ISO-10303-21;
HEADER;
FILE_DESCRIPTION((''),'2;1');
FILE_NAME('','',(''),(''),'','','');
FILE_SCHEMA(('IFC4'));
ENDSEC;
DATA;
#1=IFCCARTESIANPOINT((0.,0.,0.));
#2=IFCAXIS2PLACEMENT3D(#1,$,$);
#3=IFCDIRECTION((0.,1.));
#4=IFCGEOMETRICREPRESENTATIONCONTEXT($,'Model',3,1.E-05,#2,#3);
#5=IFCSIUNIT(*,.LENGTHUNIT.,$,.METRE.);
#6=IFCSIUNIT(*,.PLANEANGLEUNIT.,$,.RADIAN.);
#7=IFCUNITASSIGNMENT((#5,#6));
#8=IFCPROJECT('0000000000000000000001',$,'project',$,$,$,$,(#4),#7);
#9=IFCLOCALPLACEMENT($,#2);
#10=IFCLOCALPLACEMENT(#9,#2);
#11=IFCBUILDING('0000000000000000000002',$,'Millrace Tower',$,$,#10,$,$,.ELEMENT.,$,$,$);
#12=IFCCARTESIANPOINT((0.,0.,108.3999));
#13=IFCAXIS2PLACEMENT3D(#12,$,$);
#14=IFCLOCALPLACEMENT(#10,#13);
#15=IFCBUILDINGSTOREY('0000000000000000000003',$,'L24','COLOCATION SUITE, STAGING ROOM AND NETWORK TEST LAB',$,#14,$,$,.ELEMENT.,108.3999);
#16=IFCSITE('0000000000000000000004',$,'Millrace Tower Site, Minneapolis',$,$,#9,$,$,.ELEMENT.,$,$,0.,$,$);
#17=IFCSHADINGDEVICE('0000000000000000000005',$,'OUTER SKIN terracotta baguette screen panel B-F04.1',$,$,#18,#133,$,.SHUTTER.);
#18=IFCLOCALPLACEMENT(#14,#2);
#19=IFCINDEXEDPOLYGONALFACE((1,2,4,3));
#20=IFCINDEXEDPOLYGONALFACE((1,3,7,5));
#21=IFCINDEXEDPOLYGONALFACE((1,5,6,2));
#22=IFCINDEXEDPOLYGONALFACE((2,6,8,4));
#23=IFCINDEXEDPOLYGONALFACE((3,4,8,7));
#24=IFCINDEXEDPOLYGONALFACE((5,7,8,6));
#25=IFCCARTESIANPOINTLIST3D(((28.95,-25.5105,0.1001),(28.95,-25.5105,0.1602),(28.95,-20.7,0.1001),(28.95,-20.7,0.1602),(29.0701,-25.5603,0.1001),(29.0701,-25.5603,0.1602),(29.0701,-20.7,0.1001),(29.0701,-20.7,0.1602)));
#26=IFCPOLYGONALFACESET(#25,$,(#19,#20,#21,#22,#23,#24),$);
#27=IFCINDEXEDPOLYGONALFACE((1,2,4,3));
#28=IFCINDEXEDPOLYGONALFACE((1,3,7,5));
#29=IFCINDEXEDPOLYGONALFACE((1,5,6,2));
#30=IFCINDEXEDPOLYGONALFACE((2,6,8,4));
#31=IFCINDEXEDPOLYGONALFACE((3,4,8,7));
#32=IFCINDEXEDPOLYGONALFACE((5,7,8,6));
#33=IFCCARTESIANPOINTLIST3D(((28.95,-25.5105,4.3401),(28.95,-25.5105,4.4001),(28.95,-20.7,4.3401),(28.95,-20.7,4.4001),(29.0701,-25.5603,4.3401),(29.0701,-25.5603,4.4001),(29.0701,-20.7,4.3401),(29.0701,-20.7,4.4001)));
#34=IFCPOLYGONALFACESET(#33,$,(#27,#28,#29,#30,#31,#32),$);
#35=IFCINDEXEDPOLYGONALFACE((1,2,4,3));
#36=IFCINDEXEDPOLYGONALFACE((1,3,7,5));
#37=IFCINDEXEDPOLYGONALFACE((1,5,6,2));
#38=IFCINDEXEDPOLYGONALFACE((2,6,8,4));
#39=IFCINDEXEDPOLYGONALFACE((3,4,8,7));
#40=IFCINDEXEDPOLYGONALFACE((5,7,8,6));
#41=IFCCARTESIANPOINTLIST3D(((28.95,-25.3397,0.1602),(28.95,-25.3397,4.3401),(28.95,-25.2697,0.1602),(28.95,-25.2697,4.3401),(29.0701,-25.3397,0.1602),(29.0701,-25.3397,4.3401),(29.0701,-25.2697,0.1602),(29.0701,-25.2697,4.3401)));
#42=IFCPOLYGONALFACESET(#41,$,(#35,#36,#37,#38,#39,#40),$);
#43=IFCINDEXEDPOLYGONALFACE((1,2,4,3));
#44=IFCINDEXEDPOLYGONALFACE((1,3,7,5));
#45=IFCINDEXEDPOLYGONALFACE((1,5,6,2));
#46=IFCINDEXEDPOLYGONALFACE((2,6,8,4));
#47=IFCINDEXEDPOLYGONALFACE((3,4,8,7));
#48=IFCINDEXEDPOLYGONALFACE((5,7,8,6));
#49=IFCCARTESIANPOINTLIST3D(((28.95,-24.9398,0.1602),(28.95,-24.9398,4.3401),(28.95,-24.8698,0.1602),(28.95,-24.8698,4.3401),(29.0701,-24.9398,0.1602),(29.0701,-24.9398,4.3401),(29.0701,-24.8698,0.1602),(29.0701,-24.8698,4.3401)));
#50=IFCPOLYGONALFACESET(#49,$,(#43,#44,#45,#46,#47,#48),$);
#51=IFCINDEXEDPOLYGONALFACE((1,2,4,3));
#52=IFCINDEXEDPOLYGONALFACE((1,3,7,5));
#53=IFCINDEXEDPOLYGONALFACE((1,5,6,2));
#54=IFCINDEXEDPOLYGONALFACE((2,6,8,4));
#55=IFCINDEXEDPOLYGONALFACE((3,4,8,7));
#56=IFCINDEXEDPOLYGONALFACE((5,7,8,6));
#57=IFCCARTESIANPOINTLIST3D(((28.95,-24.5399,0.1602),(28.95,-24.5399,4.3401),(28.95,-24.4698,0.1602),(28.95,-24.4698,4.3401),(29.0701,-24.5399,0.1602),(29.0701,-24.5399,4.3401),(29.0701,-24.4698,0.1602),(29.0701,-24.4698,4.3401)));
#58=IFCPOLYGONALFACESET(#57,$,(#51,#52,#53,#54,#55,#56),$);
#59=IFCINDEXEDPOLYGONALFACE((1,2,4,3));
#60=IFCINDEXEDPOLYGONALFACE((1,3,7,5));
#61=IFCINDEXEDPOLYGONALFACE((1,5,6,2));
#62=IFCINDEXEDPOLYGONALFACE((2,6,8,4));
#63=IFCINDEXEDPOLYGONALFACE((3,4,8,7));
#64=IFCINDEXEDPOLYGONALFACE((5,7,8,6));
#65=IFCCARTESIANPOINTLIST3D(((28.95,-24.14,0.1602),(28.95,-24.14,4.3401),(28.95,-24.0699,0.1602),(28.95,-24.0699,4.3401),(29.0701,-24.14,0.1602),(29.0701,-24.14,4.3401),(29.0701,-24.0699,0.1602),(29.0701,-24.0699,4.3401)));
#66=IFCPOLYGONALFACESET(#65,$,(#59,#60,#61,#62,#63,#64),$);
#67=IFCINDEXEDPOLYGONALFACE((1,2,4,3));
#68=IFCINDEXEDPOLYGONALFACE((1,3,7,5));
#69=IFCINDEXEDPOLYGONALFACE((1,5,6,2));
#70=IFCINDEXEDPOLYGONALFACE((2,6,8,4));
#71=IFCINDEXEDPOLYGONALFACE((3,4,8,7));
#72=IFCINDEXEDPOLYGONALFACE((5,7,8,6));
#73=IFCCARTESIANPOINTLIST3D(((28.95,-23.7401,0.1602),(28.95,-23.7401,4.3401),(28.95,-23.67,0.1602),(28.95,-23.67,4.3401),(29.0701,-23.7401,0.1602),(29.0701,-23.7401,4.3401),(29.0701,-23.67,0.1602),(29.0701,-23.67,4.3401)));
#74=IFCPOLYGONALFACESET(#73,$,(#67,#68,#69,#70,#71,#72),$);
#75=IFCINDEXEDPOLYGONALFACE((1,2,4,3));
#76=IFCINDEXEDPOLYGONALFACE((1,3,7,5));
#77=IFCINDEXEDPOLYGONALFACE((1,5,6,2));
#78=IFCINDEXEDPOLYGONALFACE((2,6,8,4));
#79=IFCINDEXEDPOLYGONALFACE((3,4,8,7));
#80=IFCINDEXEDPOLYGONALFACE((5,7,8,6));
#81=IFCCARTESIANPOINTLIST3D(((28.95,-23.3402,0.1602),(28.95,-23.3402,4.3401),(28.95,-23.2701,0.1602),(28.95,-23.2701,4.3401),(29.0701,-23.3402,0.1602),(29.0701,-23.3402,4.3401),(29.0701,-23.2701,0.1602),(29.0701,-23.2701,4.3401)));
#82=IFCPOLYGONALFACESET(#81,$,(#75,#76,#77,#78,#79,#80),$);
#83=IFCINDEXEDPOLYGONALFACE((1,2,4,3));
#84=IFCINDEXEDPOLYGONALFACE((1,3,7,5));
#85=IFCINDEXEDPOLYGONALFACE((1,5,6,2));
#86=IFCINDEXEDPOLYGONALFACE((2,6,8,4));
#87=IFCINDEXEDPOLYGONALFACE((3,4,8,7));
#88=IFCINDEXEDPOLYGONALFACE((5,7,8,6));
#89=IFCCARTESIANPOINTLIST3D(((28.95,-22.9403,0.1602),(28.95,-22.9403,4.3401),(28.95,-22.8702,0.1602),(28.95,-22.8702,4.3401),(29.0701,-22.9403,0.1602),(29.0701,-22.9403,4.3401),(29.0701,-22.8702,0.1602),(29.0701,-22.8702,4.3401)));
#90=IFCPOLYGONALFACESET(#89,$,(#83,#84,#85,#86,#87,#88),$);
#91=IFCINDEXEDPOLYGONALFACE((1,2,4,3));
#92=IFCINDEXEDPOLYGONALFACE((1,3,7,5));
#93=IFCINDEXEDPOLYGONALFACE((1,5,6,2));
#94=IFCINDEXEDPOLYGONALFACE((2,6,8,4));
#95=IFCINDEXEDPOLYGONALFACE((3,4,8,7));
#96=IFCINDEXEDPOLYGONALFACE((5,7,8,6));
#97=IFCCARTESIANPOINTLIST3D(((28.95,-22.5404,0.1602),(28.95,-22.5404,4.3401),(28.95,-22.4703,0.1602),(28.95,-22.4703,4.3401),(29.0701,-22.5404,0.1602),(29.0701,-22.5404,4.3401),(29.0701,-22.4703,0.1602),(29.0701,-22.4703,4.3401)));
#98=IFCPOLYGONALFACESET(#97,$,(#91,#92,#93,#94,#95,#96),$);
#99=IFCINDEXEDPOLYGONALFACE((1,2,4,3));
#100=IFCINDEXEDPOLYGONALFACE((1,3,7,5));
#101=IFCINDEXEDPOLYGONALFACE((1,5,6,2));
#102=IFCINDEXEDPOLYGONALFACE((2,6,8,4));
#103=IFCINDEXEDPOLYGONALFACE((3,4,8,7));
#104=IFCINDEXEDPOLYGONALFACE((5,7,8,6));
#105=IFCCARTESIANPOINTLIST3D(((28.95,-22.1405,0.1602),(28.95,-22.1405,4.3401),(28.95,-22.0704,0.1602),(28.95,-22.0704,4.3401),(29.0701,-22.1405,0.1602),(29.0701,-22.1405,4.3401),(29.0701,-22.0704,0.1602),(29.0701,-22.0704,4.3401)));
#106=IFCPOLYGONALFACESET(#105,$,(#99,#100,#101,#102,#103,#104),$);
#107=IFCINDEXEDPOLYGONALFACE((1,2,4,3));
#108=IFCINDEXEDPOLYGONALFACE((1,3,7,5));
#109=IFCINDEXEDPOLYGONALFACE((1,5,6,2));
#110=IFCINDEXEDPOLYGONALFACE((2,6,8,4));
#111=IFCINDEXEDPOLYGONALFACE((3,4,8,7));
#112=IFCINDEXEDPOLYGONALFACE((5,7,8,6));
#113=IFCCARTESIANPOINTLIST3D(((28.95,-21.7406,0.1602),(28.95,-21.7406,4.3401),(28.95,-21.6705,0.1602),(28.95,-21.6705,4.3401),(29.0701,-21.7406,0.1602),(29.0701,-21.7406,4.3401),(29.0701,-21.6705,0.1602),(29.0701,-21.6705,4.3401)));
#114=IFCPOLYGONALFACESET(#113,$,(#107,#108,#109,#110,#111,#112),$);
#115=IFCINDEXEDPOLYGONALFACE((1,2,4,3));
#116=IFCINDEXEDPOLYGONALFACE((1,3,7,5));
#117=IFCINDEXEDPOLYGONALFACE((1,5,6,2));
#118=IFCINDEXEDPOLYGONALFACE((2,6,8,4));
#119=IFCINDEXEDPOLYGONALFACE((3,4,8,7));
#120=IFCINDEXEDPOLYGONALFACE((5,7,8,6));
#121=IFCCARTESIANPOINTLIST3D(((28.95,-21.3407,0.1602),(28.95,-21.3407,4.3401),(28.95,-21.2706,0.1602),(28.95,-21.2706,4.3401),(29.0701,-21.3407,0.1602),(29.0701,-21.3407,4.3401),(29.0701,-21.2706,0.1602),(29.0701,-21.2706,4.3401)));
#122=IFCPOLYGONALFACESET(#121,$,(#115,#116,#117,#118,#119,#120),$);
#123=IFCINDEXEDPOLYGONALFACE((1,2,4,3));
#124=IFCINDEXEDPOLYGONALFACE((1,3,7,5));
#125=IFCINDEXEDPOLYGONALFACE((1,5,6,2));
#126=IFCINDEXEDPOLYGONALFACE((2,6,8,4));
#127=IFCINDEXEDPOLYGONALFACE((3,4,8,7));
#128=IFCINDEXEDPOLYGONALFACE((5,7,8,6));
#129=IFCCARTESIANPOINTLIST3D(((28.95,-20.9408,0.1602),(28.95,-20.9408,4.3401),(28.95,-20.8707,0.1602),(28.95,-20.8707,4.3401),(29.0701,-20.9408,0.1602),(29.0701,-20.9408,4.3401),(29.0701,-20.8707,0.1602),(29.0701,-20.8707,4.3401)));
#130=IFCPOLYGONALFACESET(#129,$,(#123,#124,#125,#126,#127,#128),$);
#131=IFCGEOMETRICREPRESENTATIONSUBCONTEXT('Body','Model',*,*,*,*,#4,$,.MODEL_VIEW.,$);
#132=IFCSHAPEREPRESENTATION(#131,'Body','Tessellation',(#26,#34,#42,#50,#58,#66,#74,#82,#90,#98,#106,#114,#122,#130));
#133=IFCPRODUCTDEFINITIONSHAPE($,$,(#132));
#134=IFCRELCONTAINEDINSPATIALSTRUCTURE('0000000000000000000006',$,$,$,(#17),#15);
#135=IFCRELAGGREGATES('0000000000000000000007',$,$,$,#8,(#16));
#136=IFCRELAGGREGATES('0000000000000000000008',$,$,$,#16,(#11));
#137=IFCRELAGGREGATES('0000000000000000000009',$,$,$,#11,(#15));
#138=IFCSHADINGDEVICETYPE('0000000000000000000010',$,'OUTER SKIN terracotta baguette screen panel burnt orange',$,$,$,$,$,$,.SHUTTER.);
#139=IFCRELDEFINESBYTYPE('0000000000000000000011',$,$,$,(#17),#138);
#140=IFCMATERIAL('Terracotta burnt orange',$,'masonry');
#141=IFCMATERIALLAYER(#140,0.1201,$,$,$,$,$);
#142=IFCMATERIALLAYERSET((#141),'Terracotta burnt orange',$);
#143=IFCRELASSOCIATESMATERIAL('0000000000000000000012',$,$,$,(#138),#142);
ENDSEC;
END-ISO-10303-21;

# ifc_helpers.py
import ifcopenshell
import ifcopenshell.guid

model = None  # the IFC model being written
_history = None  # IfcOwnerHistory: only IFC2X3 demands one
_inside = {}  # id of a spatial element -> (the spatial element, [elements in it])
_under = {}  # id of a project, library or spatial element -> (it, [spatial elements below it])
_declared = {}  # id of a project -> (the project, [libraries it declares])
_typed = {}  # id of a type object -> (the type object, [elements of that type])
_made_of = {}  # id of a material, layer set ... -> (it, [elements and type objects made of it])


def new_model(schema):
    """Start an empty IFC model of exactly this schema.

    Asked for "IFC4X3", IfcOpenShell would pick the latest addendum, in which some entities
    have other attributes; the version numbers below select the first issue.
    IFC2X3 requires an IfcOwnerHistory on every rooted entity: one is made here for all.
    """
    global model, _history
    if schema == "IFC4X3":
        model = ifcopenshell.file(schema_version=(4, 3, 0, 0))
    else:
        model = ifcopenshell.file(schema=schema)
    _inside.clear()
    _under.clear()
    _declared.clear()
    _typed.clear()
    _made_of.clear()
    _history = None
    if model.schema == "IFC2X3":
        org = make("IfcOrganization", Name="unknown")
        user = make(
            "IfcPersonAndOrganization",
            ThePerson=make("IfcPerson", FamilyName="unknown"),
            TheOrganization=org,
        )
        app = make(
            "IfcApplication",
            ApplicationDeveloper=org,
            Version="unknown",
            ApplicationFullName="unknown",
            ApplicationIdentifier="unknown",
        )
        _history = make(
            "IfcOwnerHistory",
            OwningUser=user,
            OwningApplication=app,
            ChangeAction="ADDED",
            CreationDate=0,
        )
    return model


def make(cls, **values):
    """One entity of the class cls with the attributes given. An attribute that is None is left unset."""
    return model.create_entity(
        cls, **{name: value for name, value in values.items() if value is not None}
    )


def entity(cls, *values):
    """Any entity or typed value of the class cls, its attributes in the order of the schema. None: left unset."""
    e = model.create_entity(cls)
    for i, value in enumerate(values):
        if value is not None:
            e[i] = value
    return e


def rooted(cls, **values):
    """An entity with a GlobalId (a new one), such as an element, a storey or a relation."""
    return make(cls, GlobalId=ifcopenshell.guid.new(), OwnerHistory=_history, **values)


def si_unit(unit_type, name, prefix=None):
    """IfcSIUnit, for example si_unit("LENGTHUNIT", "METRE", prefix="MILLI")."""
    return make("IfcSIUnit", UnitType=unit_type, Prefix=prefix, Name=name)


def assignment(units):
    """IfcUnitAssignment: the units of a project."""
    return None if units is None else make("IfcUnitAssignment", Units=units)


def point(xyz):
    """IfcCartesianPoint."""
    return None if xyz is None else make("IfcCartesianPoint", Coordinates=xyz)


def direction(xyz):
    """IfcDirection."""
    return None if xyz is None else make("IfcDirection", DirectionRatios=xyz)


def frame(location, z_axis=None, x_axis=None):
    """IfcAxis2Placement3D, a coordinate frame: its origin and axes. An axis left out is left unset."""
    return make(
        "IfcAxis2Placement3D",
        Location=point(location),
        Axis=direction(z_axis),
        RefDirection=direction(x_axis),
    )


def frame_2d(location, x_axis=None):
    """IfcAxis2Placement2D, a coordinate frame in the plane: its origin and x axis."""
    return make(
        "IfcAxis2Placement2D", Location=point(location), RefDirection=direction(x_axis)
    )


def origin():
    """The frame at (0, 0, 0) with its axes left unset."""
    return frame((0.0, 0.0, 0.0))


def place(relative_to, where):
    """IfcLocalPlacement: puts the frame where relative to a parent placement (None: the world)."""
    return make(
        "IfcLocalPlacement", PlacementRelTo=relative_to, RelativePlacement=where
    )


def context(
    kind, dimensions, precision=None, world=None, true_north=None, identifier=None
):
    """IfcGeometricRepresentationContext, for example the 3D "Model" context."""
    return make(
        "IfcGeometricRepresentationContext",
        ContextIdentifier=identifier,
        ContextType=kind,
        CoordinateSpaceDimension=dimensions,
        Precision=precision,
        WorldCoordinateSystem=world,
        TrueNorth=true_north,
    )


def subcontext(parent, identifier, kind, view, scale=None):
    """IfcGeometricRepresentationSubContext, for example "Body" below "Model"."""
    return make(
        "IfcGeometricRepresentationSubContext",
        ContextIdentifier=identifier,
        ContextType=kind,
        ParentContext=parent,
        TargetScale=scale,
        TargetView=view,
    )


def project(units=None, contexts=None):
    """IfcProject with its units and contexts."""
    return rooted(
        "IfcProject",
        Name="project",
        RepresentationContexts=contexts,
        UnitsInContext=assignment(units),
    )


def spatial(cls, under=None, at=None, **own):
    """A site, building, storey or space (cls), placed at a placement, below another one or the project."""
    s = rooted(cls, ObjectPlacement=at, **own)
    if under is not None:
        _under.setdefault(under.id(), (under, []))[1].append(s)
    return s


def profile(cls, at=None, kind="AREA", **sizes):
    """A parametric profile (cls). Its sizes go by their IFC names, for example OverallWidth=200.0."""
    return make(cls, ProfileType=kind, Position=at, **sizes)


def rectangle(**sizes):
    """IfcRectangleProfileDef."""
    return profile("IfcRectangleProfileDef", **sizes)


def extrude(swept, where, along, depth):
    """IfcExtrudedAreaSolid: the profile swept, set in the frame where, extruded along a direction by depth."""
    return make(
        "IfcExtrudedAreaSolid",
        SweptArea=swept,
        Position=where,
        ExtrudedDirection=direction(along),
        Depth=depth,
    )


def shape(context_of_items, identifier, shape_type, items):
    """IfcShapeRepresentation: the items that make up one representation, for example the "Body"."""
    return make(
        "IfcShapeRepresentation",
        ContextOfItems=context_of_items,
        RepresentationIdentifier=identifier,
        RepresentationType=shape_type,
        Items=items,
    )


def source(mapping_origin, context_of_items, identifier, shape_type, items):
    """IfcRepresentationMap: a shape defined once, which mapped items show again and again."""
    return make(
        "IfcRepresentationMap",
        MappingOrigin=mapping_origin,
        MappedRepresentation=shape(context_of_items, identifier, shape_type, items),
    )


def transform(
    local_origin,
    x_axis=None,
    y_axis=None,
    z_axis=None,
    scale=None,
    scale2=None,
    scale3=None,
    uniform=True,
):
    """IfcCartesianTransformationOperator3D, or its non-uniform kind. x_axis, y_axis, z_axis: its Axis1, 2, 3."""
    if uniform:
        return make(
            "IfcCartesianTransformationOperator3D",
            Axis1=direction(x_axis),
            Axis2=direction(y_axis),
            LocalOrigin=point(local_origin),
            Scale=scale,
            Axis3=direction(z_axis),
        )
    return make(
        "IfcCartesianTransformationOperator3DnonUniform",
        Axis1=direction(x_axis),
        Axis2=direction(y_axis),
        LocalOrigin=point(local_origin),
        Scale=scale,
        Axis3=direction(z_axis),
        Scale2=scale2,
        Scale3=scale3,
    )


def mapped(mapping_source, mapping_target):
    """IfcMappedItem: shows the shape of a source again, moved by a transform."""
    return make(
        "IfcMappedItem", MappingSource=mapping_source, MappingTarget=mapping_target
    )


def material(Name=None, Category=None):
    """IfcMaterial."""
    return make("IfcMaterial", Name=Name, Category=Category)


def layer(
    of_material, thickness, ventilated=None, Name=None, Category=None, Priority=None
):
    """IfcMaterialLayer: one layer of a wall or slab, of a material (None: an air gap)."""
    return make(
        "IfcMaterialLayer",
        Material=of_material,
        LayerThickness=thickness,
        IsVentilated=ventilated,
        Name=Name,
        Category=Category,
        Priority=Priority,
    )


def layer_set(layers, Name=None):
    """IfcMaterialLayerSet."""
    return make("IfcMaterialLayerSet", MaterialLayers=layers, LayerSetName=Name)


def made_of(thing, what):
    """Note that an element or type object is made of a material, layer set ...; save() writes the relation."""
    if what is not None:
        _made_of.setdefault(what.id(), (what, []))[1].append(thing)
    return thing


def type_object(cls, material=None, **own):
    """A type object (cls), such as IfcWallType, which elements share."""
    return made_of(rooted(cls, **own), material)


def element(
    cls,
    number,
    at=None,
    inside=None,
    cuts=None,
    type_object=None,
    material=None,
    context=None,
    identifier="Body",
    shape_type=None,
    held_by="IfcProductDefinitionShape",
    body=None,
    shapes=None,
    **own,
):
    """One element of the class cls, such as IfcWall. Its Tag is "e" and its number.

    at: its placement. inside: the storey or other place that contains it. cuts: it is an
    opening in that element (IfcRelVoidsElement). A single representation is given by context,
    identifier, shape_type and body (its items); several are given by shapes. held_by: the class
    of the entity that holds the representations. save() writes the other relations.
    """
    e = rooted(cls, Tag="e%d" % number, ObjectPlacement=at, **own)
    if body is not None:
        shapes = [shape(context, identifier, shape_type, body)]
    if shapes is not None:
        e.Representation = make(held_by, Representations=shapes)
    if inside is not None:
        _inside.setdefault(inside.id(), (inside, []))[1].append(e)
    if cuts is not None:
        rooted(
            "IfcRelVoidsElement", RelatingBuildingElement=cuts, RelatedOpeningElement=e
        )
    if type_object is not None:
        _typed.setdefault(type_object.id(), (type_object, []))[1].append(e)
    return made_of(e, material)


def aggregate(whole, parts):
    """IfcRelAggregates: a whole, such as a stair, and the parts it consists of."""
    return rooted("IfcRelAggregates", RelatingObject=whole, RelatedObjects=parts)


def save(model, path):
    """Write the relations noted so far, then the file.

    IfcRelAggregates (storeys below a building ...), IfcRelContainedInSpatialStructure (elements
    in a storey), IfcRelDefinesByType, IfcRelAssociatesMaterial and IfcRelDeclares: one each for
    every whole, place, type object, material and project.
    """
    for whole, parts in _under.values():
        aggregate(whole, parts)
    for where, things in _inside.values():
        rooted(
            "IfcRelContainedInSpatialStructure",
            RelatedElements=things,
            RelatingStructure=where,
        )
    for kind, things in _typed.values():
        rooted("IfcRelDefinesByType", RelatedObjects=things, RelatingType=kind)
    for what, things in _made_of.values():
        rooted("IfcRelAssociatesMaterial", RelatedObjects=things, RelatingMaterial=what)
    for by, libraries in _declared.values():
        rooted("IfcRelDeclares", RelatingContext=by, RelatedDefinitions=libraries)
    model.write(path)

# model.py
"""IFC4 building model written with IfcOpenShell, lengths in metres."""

from ifc_helpers import new_model, entity, si_unit, direction, frame, frame_2d, origin, place, context, subcontext, project, spatial, rectangle, extrude, source, transform, mapped, material, layer, layer_set, type_object, element, save


model = new_model("IFC4")

# Units and contexts
model_context = context("Model", 3, precision=1e-05, world=origin(), true_north=direction((0.0, 1.0)))
body_context = subcontext(model_context, "Body", "Model", "MODEL_VIEW")
ifc_project = project(units=[si_unit("LENGTHUNIT", "METRE"), si_unit("PLANEANGLEUNIT", "RADIAN")], contexts=[model_context])

# Site, building, storey
site_placement = place(None, origin())
site = spatial("IfcSite", under=ifc_project, at=site_placement, Name="Millrace Tower Site, Minneapolis", CompositionType="ELEMENT", RefElevation=0.0)
building_placement = place(site_placement, origin())
building = spatial("IfcBuilding", under=site, at=building_placement, Name="Millrace Tower", CompositionType="ELEMENT")
storey_placement = place(building_placement, frame((0.0, 0.0, 108.3999)))
storey = spatial("IfcBuildingStorey", under=building, at=storey_placement, Name="L24", Description="COLOCATION SUITE, STAGING ROOM AND NETWORK TEST LAB", CompositionType="ELEMENT", Elevation=108.3999)

# Shading device
ifc_material_1 = material(Name="Terracotta burnt orange", Category="masonry")
ifc_layer_1 = layer(ifc_material_1, 0.1201)
ifc_layer_set_1 = layer_set([ifc_layer_1], Name="Terracotta burnt orange")
shading_device_type = type_object("IfcShadingDeviceType", Name="OUTER SKIN terracotta baguette screen panel burnt orange", PredefinedType="SHUTTER", material=ifc_layer_set_1)
cartesian_point_1 = entity("IfcCartesianPoint", [-2.3928, 0.0601])
shared_polyline_1 = entity("IfcPolyline", [cartesian_point_1, entity("IfcCartesianPoint", [2.4177, 0.0601]), entity("IfcCartesianPoint", [2.4177, -0.0601]), entity("IfcCartesianPoint", [-2.4426, -0.0601]), cartesian_point_1])
shared_shape_1 = source(origin(), body_context, "Body", "SweptSolid", [
    entity("IfcExtrudedAreaSolid", entity("IfcArbitraryClosedProfileDef", "AREA", None, shared_polyline_1), entity("IfcAxis2Placement3D", entity("IfcCartesianPoint", [0.0, 0.0, 0.0])), entity("IfcDirection", [0.0, 0.0, 1.0]), 0.0601),
    entity("IfcExtrudedAreaSolid", entity("IfcArbitraryClosedProfileDef", "AREA", None, shared_polyline_1), entity("IfcAxis2Placement3D", entity("IfcCartesianPoint", [0.0, 0.0, 4.24])), entity("IfcDirection", [0.0, 0.0, 1.0]), 0.0601),
    extrude(rectangle(XDim=0.0701, YDim=0.1201, at=frame_2d((-2.187, 0.0))), frame((0.0, 0.0, 0.0601)), (0.0, 0.0, 1.0), 4.1799),
    extrude(rectangle(XDim=0.0701, YDim=0.1201, at=frame_2d((-1.7871, 0.0))), frame((0.0, 0.0, 0.0601)), (0.0, 0.0, 1.0), 4.1799),
    extrude(rectangle(XDim=0.0701, YDim=0.1201, at=frame_2d((-1.3872, 0.0))), frame((0.0, 0.0, 0.0601)), (0.0, 0.0, 1.0), 4.1799),
    extrude(rectangle(XDim=0.0701, YDim=0.1201, at=frame_2d((-0.9873, 0.0))), frame((0.0, 0.0, 0.0601)), (0.0, 0.0, 1.0), 4.1799),
    extrude(rectangle(XDim=0.0701, YDim=0.1201, at=frame_2d((-0.5874, 0.0))), frame((0.0, 0.0, 0.0601)), (0.0, 0.0, 1.0), 4.1799),
    extrude(rectangle(XDim=0.0701, YDim=0.1201, at=frame_2d((-0.1875, 0.0))), frame((0.0, 0.0, 0.0601)), (0.0, 0.0, 1.0), 4.1799),
    extrude(rectangle(XDim=0.0701, YDim=0.1201, at=frame_2d((0.2124, 0.0))), frame((0.0, 0.0, 0.0601)), (0.0, 0.0, 1.0), 4.1799),
    extrude(rectangle(XDim=0.0701, YDim=0.1201, at=frame_2d((0.6123, 0.0))), frame((0.0, 0.0, 0.0601)), (0.0, 0.0, 1.0), 4.1799),
    extrude(rectangle(XDim=0.0701, YDim=0.1201, at=frame_2d((1.0122, 0.0))), frame((0.0, 0.0, 0.0601)), (0.0, 0.0, 1.0), 4.1799),
    extrude(rectangle(XDim=0.0701, YDim=0.1201, at=frame_2d((1.4121, 0.0))), frame((0.0, 0.0, 0.0601)), (0.0, 0.0, 1.0), 4.1799),
    extrude(rectangle(XDim=0.0701, YDim=0.1201, at=frame_2d((1.812, 0.0))), frame((0.0, 0.0, 0.0601)), (0.0, 0.0, 1.0), 4.1799),
    extrude(rectangle(XDim=0.0701, YDim=0.1201, at=frame_2d((2.2119, 0.0))), frame((0.0, 0.0, 0.0601)), (0.0, 0.0, 1.0), 4.1799),
])
shading_device_1_placement = place(storey_placement, frame((29.01, -23.1177, 0.1001), z_axis=(0.0, 0.0, 1.0), x_axis=(0.0, 1.0, 0.0)))
element("IfcShadingDevice", 1, at=shading_device_1_placement, inside=storey, type_object=shading_device_type, Name="OUTER SKIN terracotta baguette screen panel B-F04.1", PredefinedType="SHUTTER", context=body_context, shape_type="MappedRepresentation", body=[
    mapped(shared_shape_1, transform((0.0, 0.0, 0.0), scale=1.0)),
])

save(model, "model.ifc")
